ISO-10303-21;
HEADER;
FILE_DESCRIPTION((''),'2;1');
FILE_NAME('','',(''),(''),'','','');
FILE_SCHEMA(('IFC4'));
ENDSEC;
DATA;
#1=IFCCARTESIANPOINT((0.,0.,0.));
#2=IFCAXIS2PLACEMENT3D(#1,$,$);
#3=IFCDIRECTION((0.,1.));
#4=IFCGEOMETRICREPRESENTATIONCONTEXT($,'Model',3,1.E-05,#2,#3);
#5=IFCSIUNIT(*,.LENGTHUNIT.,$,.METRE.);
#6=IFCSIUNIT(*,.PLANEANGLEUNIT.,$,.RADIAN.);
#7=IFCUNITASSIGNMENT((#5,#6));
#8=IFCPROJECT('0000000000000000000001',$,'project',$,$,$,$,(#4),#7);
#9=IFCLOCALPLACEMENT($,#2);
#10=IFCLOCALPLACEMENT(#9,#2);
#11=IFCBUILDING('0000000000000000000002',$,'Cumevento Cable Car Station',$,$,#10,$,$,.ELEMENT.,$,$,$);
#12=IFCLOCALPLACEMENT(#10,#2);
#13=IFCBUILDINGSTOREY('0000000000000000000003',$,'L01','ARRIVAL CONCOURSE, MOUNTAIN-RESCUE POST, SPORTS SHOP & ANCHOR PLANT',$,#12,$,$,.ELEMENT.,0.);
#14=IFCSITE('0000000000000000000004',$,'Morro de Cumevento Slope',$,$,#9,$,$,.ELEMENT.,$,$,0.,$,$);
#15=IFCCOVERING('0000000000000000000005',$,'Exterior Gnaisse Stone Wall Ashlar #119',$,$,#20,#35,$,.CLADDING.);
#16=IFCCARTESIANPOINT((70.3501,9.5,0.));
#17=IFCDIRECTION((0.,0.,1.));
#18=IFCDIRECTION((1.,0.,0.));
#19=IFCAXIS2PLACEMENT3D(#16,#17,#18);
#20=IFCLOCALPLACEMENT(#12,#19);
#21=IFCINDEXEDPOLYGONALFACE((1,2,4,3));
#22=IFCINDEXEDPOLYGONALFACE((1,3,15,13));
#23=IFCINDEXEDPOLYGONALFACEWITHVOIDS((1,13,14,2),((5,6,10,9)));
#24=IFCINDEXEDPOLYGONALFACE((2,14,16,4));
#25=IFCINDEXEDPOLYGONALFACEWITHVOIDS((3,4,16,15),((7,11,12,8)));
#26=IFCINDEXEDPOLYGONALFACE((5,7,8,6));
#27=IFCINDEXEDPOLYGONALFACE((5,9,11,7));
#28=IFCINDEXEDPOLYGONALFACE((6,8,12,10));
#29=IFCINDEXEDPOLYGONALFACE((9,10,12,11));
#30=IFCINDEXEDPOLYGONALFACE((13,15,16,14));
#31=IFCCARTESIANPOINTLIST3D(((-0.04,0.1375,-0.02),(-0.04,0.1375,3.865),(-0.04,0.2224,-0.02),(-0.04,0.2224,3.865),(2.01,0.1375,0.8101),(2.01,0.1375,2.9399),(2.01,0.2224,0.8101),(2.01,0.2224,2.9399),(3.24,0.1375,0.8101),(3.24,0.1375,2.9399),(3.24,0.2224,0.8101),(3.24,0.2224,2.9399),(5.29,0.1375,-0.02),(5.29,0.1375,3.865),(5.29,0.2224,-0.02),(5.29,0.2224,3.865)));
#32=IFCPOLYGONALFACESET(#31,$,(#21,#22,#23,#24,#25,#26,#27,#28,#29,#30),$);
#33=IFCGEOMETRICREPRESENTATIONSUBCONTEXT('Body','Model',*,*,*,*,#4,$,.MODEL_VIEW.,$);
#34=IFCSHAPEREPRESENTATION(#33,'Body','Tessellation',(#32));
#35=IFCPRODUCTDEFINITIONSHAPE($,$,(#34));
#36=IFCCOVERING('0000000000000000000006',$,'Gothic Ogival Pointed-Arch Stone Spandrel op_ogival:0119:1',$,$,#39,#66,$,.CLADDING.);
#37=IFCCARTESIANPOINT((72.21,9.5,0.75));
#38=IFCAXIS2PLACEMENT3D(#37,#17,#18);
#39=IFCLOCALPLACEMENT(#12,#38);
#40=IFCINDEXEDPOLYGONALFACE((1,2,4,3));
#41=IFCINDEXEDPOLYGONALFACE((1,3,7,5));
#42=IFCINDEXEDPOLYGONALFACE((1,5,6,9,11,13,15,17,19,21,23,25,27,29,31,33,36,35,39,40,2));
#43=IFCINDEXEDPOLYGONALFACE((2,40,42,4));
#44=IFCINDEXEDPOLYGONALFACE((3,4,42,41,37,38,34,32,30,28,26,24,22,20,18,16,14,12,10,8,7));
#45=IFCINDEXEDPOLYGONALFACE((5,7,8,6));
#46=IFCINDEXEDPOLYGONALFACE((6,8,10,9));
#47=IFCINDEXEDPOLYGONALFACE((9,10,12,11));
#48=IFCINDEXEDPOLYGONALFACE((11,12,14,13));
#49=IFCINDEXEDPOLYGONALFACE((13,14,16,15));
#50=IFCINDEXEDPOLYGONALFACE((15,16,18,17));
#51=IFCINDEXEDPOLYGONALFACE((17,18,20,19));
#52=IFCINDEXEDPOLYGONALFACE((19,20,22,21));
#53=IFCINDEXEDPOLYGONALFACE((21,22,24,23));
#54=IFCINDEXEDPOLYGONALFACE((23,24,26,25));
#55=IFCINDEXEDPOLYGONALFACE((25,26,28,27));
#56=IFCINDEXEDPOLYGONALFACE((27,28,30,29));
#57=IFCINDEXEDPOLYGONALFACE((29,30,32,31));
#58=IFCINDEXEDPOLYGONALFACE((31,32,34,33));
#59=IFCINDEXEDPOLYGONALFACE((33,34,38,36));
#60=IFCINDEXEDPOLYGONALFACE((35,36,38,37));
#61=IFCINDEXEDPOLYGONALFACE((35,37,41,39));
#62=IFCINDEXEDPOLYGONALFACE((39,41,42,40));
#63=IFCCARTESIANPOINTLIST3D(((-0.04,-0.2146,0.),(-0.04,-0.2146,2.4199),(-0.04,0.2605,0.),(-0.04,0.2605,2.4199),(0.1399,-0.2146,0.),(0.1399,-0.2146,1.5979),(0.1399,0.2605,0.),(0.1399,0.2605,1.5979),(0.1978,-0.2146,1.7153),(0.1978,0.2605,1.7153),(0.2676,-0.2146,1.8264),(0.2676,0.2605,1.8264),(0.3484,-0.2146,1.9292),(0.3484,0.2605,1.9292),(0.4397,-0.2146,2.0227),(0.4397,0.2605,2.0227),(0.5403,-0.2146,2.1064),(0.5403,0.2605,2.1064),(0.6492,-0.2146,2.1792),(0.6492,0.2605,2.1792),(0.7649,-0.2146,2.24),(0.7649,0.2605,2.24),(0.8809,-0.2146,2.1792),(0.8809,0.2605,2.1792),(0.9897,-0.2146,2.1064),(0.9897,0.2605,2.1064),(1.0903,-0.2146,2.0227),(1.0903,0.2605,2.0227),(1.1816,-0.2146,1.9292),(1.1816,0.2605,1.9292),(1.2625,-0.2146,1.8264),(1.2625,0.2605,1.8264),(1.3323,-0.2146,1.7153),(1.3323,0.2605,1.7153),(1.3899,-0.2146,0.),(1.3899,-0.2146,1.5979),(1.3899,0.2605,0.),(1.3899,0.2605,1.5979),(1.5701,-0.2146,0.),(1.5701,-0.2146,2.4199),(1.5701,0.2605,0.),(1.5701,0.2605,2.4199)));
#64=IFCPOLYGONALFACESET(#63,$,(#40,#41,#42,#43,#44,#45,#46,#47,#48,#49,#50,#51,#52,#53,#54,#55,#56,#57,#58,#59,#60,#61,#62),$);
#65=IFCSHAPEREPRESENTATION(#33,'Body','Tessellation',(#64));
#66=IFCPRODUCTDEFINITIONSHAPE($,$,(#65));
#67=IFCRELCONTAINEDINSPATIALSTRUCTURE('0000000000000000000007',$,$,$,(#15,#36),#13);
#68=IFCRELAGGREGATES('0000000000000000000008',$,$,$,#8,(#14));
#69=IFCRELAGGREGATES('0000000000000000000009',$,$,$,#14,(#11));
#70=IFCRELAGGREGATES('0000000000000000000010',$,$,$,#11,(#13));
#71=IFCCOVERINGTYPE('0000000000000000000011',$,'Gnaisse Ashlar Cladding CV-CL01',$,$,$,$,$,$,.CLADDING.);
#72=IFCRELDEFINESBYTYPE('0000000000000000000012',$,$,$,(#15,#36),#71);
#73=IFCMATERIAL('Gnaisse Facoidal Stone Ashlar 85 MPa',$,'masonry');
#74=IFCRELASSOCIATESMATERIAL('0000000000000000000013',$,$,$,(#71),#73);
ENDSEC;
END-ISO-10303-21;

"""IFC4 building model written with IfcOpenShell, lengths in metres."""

from ifc_helpers import new_model, si_unit, direction, frame, origin, place, context, subcontext, project, spatial, polyline, outline, extrude, material, type_object, element, save


model = new_model("IFC4")

# Units and contexts
model_context = context("Model", 3, precision=1e-05, world=origin(), true_north=direction((0.0, 1.0)))
body_context = subcontext(model_context, "Body", "Model", "MODEL_VIEW")
ifc_project = project(units=[si_unit("LENGTHUNIT", "METRE"), si_unit("PLANEANGLEUNIT", "RADIAN")], contexts=[model_context])

# Site, building, storey
site_placement = place(None, origin())
site = spatial("IfcSite", under=ifc_project, at=site_placement, Name="Morro de Cumevento Slope", CompositionType="ELEMENT", RefElevation=0.0)
building_placement = place(site_placement, origin())
building = spatial("IfcBuilding", under=site, at=building_placement, Name="Cumevento Cable Car Station", CompositionType="ELEMENT")
storey_placement = place(building_placement, origin())
storey = spatial("IfcBuildingStorey", under=building, at=storey_placement, Name="L01", Description="ARRIVAL CONCOURSE, MOUNTAIN-RESCUE POST, SPORTS SHOP & ANCHOR PLANT", CompositionType="ELEMENT", Elevation=0.0)

# Coverings
ifc_material_1 = material(Name="Gnaisse Facoidal Stone Ashlar 85 MPa", Category="masonry")
covering_type = type_object("IfcCoveringType", Name="Gnaisse Ashlar Cladding CV-CL01", PredefinedType="CLADDING", material=ifc_material_1)
covering_1_placement = place(storey_placement, frame((70.3501, 9.5, 0.0), z_axis=(0.0, 0.0, 1.0), x_axis=(1.0, 0.0, 0.0)))
element("IfcCovering", 1, at=covering_1_placement, inside=storey, type_object=covering_type, Name="Exterior Gnaisse Stone Wall Ashlar #119", PredefinedType="CLADDING", context=body_context, shape_type="SweptSolid", body=[
    extrude(outline(polyline([(-0.04, -0.02), (5.29, -0.02), (5.29, 3.865), (-0.04, 3.865), (-0.04, -0.02)]), holes=[polyline([(2.01, 0.8101), (3.24, 0.8101), (3.24, 2.9399), (2.01, 2.9399), (2.01, 0.8101)])]), frame((0.0, 0.2224, 0.0), z_axis=(0.0, -1.0, 0.0), x_axis=(1.0, 0.0, 0.0)), (0.0, 0.0, 1.0), 0.085),
])
covering_2_placement = place(storey_placement, frame((72.21, 9.5, 0.75), z_axis=(0.0, 0.0, 1.0), x_axis=(1.0, 0.0, 0.0)))
element("IfcCovering", 2, at=covering_2_placement, inside=storey, type_object=covering_type, Name="Gothic Ogival Pointed-Arch Stone Spandrel op_ogival:0119:1", PredefinedType="CLADDING", context=body_context, shape_type="SweptSolid", body=[
    extrude(outline(polyline([(-0.04, 0.0), (-0.04, 2.4199), (1.5701, 2.4199), (1.5701, 0.0), (1.3899, 0.0), (1.3899, 1.5979), (1.3323, 1.7153), (1.2625, 1.8264), (1.1816, 1.9292), (1.0903, 2.0227), (0.9897, 2.1064), (0.8809, 2.1792), (0.7649, 2.24), (0.6492, 2.1792), (0.5403, 2.1064), (0.4397, 2.0227), (0.3484, 1.9292), (0.2676, 1.8264), (0.1978, 1.7153), (0.1399, 1.5979), (0.1399, 0.0), (-0.04, 0.0)])), frame((0.0, 0.2605, 0.0), z_axis=(0.0, -1.0, 0.0), x_axis=(1.0, 0.0, 0.0)), (0.0, 0.0, 1.0), 0.4751),
])

save(model, "model.ifc")
